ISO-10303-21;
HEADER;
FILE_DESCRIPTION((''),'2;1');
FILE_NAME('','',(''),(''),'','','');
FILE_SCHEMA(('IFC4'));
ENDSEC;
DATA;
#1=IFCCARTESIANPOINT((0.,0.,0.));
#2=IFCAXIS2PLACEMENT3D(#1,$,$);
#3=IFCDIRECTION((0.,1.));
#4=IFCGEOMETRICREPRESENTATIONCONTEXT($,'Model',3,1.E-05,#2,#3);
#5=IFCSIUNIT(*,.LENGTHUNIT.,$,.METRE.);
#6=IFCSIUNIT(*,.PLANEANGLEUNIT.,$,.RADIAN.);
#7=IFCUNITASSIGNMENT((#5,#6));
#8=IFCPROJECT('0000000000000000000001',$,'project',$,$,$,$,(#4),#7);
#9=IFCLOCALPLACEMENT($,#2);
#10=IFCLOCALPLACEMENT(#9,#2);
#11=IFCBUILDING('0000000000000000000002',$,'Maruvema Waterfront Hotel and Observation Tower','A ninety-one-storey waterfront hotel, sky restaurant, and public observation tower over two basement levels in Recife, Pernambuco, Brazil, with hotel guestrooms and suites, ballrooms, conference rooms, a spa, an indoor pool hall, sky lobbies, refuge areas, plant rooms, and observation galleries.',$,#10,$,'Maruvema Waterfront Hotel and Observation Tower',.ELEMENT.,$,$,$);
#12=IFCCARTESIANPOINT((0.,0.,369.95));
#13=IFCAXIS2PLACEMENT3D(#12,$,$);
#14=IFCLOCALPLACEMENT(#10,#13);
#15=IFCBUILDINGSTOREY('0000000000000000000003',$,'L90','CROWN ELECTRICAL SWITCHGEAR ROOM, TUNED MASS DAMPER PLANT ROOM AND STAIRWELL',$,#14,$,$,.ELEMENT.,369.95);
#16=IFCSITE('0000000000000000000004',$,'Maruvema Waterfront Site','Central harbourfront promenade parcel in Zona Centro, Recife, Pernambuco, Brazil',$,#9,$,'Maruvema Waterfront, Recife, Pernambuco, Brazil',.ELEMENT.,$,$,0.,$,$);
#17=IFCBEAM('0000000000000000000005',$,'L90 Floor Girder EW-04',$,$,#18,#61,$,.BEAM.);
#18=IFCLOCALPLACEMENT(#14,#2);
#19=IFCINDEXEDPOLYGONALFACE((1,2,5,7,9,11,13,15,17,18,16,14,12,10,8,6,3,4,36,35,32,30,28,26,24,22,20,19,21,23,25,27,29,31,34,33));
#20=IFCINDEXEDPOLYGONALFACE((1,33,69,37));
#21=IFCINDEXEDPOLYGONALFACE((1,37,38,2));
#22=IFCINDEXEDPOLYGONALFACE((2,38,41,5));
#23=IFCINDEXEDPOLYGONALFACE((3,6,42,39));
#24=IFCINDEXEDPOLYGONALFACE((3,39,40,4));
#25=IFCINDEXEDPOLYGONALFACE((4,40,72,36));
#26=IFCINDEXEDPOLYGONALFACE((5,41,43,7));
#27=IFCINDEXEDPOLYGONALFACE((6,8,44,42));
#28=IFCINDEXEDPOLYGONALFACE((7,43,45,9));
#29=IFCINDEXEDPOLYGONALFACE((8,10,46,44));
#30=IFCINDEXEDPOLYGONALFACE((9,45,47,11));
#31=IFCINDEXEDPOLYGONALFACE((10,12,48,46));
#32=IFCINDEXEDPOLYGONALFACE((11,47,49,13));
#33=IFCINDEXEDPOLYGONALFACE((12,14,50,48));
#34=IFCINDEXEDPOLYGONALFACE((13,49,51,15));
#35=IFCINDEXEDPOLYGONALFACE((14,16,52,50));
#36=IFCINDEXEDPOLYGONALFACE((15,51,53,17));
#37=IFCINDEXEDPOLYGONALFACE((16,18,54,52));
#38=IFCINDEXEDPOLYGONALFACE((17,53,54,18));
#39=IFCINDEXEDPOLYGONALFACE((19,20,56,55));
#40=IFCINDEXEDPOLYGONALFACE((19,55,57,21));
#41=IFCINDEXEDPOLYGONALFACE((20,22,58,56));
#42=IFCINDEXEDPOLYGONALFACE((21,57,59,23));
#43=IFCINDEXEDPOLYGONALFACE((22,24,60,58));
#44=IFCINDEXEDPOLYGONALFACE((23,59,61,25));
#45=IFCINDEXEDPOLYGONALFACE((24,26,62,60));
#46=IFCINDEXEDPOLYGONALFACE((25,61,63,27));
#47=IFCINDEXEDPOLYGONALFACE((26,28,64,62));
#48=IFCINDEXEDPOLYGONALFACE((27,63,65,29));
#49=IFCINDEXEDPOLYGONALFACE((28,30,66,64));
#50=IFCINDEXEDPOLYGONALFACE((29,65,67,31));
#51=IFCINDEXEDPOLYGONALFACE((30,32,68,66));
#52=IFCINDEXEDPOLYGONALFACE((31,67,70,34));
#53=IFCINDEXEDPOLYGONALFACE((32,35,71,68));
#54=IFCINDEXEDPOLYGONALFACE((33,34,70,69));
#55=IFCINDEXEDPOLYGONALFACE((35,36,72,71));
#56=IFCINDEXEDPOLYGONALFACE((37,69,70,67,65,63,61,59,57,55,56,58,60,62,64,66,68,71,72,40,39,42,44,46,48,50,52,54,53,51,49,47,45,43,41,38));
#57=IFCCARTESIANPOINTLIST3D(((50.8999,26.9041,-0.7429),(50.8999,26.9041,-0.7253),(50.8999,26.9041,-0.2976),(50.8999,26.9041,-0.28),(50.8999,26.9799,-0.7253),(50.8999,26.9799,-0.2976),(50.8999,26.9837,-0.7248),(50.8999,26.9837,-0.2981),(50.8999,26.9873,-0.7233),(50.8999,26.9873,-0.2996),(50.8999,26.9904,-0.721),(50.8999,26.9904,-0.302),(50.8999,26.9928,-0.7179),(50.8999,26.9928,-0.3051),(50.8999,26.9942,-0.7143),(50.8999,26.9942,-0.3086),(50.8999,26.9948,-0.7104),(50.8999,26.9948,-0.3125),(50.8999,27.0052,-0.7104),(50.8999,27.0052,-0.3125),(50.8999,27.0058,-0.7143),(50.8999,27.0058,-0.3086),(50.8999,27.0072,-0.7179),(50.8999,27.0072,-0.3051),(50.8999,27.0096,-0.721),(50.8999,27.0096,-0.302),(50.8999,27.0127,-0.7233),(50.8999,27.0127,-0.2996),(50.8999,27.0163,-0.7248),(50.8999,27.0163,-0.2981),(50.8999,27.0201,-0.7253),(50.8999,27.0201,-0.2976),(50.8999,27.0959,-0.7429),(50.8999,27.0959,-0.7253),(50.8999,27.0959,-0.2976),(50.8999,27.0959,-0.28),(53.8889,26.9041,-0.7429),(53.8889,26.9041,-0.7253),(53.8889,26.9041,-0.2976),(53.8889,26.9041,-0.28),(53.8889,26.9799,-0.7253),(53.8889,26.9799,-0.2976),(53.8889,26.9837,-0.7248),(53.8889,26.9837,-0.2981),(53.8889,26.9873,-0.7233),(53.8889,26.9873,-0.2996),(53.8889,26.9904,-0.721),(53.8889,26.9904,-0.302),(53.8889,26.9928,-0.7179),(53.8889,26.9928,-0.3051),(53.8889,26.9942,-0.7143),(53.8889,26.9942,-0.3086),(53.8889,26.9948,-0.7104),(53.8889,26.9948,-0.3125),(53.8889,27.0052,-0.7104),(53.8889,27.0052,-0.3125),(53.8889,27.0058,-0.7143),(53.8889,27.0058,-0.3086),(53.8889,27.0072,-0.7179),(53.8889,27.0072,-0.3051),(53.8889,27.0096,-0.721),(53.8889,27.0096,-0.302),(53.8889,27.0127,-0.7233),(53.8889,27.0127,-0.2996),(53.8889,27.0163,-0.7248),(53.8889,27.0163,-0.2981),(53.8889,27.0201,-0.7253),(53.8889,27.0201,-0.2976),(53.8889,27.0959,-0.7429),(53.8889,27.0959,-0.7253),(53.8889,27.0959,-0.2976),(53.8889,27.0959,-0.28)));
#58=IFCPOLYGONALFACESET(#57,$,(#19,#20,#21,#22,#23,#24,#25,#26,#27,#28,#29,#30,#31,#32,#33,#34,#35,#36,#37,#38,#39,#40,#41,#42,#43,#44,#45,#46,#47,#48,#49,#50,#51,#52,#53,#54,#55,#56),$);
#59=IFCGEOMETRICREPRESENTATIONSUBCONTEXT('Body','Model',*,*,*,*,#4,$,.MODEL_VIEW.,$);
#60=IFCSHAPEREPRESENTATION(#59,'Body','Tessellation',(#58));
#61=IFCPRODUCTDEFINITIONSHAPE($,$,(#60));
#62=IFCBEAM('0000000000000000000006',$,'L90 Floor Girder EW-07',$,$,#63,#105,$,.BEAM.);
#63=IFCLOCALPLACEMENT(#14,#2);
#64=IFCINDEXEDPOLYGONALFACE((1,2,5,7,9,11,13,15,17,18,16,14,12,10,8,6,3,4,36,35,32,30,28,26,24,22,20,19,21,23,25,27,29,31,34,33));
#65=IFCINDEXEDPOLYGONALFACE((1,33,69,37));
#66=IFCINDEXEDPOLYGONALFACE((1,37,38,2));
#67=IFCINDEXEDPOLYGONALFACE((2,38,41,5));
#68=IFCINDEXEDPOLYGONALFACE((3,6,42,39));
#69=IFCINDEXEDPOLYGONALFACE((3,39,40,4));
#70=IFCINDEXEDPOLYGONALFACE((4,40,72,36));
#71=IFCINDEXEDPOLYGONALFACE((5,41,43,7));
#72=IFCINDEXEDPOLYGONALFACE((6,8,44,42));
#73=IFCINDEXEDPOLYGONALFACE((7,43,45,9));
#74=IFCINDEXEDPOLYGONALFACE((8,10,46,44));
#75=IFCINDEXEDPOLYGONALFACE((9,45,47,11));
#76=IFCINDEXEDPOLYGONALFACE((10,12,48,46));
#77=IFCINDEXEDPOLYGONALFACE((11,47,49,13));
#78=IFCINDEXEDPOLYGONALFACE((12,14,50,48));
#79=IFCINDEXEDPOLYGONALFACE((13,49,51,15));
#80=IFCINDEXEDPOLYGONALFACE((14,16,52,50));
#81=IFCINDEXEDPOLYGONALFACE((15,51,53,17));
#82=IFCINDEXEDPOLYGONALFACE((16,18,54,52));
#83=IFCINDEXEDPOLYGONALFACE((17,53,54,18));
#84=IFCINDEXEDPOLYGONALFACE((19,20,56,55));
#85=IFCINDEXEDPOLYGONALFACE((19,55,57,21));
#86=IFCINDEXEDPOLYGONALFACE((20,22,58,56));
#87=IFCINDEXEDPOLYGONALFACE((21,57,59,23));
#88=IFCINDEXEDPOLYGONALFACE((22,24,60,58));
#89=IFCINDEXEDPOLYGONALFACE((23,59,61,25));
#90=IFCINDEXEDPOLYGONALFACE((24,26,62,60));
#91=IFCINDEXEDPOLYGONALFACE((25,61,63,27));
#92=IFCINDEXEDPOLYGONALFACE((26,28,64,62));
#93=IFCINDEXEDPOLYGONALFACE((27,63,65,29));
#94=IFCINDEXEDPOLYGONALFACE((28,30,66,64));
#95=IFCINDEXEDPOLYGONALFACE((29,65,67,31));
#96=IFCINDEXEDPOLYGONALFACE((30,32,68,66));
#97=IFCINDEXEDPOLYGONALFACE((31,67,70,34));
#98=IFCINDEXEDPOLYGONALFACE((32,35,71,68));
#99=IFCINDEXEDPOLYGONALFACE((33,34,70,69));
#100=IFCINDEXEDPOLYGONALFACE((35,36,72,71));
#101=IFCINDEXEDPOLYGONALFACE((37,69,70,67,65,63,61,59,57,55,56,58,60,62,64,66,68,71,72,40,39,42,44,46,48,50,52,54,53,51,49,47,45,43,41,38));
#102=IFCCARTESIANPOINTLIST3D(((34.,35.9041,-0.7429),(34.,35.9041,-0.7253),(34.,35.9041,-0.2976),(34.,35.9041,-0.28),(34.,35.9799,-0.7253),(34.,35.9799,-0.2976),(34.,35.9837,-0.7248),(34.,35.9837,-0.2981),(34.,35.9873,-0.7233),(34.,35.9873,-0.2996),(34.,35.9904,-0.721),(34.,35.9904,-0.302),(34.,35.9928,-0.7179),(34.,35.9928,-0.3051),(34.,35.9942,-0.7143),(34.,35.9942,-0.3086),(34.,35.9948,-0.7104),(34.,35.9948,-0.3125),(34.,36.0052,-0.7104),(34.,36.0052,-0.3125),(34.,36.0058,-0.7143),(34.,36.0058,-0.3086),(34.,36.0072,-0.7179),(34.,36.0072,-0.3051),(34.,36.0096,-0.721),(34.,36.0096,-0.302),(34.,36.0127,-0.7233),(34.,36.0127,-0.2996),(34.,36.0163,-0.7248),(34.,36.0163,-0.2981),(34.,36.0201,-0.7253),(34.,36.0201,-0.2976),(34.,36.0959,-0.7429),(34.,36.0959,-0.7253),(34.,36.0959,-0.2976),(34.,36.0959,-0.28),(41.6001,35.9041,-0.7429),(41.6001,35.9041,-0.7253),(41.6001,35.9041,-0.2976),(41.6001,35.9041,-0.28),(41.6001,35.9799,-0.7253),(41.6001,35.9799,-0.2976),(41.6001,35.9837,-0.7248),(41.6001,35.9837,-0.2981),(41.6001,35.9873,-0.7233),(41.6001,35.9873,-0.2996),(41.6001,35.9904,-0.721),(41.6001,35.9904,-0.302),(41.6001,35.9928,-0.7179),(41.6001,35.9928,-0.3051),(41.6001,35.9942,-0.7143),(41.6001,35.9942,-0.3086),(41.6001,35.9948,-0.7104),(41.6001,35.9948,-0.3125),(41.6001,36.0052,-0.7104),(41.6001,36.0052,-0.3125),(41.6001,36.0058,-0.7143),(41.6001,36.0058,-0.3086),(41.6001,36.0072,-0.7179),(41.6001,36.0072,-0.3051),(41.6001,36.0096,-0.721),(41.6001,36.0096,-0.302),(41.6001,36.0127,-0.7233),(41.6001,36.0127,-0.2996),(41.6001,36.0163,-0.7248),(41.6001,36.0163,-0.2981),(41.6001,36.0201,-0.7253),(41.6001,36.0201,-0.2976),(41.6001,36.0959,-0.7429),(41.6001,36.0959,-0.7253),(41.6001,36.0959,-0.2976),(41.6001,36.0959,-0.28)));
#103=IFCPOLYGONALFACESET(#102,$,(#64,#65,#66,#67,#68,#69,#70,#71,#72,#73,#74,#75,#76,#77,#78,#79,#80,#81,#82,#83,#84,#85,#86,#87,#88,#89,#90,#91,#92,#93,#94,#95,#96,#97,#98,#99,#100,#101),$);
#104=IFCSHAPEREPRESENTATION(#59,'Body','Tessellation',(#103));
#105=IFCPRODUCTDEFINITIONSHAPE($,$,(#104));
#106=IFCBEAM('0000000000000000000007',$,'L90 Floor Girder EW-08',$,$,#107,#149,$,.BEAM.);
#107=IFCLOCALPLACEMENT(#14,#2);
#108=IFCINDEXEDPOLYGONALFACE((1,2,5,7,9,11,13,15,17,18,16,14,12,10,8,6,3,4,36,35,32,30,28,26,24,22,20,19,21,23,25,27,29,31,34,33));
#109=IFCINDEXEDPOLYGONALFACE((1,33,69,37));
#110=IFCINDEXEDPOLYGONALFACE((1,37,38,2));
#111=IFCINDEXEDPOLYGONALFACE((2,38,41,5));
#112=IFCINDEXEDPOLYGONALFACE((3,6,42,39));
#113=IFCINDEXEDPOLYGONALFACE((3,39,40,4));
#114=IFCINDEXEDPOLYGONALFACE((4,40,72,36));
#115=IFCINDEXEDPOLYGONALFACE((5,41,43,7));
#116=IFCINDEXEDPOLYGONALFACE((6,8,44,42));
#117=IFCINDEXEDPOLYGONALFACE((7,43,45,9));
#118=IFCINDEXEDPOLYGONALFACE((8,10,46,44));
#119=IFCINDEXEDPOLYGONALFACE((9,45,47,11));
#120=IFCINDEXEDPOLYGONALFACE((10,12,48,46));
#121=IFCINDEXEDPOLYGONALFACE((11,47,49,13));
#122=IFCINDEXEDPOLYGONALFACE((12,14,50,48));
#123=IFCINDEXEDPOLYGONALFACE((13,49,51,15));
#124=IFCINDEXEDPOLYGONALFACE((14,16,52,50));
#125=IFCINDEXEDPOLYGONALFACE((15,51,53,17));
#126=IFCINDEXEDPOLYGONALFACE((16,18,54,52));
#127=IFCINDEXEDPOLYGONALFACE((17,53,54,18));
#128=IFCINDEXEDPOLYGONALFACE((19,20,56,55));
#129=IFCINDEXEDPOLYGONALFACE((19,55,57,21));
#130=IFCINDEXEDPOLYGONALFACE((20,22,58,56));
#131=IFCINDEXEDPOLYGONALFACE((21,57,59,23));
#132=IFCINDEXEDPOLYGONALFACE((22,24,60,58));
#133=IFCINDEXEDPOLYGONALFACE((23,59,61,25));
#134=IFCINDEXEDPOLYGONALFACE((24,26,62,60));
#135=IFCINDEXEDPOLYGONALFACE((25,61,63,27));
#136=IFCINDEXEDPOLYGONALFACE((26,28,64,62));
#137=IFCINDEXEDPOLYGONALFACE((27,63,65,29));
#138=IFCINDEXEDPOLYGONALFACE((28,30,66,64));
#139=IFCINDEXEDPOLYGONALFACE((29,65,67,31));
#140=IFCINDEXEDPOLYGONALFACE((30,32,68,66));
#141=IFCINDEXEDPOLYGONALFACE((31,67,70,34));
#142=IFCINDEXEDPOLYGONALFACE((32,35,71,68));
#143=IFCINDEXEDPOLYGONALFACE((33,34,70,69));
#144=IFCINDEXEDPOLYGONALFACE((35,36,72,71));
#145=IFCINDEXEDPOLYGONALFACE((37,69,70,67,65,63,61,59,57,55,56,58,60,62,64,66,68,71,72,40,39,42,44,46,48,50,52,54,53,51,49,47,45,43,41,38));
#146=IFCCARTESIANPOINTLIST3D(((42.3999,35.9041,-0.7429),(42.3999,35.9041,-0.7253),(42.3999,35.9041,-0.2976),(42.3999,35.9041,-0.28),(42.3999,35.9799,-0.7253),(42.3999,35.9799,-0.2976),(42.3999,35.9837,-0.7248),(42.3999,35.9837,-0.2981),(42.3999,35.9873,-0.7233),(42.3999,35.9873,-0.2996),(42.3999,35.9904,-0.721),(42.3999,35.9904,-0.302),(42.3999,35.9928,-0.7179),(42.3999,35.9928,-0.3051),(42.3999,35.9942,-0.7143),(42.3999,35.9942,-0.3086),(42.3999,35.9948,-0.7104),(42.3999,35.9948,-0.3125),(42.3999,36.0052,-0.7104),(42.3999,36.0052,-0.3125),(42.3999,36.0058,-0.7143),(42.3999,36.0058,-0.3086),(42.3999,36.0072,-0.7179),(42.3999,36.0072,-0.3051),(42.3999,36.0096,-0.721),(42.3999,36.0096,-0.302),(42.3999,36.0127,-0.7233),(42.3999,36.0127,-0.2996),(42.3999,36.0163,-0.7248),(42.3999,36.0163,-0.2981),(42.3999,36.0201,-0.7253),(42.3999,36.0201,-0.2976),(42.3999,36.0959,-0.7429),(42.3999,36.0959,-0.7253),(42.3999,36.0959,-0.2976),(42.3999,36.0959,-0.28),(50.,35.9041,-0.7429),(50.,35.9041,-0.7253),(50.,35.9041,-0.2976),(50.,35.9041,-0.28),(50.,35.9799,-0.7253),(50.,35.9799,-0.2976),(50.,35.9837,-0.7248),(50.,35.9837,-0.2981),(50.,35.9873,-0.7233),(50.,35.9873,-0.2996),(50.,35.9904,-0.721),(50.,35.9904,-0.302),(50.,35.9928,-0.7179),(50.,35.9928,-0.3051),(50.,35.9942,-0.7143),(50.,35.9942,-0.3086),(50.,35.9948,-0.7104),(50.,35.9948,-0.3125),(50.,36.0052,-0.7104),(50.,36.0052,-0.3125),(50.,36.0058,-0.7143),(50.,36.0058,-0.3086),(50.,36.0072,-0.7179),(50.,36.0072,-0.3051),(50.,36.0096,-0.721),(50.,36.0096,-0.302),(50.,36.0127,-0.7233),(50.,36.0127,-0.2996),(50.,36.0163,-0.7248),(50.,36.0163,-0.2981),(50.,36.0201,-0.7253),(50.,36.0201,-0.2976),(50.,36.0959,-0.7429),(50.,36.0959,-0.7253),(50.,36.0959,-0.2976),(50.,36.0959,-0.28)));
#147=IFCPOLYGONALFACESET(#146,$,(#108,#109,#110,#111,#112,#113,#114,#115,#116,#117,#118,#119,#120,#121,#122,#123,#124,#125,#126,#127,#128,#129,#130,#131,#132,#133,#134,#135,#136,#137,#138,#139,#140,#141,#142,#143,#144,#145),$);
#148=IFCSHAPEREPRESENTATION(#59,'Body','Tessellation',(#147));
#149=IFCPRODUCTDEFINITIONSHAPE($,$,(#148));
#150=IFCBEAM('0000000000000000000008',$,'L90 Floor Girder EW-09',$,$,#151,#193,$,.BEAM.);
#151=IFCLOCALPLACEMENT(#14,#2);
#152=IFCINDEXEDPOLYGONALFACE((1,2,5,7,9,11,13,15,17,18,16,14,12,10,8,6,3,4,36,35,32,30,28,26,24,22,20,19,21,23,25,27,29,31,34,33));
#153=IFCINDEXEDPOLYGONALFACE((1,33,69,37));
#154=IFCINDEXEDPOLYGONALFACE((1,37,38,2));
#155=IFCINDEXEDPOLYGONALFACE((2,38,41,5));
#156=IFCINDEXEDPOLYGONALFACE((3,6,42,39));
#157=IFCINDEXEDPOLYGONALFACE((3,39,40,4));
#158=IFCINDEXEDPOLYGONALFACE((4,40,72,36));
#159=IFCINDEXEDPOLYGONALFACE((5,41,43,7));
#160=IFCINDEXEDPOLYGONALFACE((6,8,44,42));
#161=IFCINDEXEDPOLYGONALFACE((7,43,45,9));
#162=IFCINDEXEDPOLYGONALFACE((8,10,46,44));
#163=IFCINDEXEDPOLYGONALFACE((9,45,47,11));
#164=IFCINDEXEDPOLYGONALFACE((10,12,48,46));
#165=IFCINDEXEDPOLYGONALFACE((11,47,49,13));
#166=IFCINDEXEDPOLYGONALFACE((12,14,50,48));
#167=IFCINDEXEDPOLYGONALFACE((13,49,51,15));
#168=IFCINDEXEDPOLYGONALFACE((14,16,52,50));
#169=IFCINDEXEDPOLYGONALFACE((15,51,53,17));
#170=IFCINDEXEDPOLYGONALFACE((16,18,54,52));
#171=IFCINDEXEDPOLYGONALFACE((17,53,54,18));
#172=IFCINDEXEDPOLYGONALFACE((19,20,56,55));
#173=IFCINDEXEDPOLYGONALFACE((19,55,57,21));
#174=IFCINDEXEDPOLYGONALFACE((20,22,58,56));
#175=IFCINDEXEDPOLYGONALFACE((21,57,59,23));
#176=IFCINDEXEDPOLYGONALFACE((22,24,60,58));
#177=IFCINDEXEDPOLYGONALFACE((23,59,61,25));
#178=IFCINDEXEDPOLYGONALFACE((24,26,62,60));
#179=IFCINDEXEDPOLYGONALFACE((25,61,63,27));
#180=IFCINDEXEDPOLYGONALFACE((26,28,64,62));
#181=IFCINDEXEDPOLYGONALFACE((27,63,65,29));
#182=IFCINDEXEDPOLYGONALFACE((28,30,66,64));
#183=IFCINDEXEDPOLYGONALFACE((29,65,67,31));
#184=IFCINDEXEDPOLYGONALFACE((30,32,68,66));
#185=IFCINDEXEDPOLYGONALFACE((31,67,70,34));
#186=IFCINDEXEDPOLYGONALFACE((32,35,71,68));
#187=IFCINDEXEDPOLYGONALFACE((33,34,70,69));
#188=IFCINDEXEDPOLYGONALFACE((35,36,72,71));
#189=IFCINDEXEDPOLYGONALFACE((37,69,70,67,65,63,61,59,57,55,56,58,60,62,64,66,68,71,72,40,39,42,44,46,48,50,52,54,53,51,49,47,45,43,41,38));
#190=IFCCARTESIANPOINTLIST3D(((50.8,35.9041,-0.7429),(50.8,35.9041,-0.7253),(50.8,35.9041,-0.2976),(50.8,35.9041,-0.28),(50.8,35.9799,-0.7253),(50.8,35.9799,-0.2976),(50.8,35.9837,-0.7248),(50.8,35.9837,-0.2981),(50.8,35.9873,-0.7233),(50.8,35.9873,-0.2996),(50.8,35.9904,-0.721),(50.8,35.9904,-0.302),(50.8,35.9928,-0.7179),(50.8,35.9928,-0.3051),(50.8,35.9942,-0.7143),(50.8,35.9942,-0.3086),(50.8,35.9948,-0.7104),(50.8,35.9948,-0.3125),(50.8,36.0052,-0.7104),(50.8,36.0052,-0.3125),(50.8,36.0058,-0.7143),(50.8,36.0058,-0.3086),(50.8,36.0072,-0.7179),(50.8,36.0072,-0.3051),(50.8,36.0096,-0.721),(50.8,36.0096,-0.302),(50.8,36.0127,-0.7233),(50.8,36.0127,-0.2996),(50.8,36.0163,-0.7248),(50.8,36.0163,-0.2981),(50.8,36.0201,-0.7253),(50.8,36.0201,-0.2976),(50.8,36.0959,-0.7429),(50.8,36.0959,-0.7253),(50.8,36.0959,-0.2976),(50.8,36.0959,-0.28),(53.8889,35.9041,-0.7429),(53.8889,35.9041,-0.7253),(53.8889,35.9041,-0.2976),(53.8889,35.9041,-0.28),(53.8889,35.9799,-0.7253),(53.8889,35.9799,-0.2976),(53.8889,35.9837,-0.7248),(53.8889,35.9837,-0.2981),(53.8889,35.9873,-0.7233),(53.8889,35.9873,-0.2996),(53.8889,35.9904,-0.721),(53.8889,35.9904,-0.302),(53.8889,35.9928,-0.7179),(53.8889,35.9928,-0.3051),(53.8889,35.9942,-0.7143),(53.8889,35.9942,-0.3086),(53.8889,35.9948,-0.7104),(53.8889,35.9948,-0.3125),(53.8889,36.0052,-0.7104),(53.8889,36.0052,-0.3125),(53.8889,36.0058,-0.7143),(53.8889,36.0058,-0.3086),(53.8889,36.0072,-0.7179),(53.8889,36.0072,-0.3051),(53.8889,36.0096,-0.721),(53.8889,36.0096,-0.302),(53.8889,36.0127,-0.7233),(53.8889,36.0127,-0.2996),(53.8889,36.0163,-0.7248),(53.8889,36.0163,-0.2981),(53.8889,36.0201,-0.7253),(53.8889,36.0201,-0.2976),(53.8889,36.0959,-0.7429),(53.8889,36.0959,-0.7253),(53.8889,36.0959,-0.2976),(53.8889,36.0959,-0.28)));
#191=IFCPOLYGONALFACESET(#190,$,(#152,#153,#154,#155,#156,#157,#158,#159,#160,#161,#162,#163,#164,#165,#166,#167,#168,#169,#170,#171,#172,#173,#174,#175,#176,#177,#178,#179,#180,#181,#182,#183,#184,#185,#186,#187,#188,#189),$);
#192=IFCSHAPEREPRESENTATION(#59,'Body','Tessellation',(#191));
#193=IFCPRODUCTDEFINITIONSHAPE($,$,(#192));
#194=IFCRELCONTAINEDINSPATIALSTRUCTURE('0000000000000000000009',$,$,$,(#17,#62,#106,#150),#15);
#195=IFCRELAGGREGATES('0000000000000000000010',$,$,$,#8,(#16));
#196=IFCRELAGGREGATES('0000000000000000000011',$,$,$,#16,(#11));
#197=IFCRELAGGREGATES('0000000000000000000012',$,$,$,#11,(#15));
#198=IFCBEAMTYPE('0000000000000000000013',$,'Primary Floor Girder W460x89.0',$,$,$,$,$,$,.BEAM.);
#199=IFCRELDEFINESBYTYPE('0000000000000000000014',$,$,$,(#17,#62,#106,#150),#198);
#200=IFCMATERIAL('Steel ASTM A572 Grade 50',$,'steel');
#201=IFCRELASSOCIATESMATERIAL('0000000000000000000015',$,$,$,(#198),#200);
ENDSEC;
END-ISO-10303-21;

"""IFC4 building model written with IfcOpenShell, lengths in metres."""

from ifc_helpers import new_model, si_unit, direction, frame, origin, origin_2d, place, context, subcontext, project, spatial, i_section, extrude, material, material_profile, profile_set, type_object, element, save


model = new_model("IFC4")

# Units and contexts
model_context = context("Model", 3, precision=1e-05, world=origin(), true_north=direction((0.0, 1.0)))
body_context = subcontext(model_context, "Body", "Model", "MODEL_VIEW")
ifc_project = project(units=[si_unit("LENGTHUNIT", "METRE"), si_unit("PLANEANGLEUNIT", "RADIAN")], contexts=[model_context])

# Site, building, storey
site_placement = place(None, origin())
site = spatial("IfcSite", under=ifc_project, at=site_placement, Name="Maruvema Waterfront Site", Description="Central harbourfront promenade parcel in Zona Centro, Recife, Pernambuco, Brazil", LongName="Maruvema Waterfront, Recife, Pernambuco, Brazil", CompositionType="ELEMENT", RefElevation=0.0)
building_placement = place(site_placement, origin())
building = spatial("IfcBuilding", under=site, at=building_placement, Name="Maruvema Waterfront Hotel and Observation Tower", Description="A ninety-one-storey waterfront hotel, sky restaurant, and public observation tower over two basement levels in Recife, Pernambuco, Brazil, with hotel guestrooms and suites, ballrooms, conference rooms, a spa, an indoor pool hall, sky lobbies, refuge areas, plant rooms, and observation galleries.", LongName="Maruvema Waterfront Hotel and Observation Tower", CompositionType="ELEMENT")
storey_placement = place(building_placement, frame((0.0, 0.0, 369.95)))
storey = spatial("IfcBuildingStorey", under=building, at=storey_placement, Name="L90", Description="CROWN ELECTRICAL SWITCHGEAR ROOM, TUNED MASS DAMPER PLANT ROOM AND STAIRWELL", CompositionType="ELEMENT", Elevation=369.95)

# Beams
ifc_material_1 = material(Name="Steel ASTM A572 Grade 50", Category="steel")
ifc_material_profile_1 = material_profile(ifc_material_1, i_section(OverallWidth=0.1919, OverallDepth=0.4629, WebThickness=0.0105, FlangeThickness=0.0176, FilletRadius=0.0149, at=origin_2d()), Name="W460x89.0")
ifc_profile_set_1 = profile_set([ifc_material_profile_1], Name="Steel ASTM A572 Grade 50")
beam_type = type_object("IfcBeamType", Name="Primary Floor Girder W460x89.0", PredefinedType="BEAM", material=ifc_profile_set_1)
beam_1_placement = place(storey_placement, frame((50.8999, 27.0, -0.5115), z_axis=(1.0, 0.0, 0.0), x_axis=(0.0, 1.0, 0.0)))
element("IfcBeam", 1, at=beam_1_placement, inside=storey, type_object=beam_type, Name="L90 Floor Girder EW-04", PredefinedType="BEAM", context=body_context, shape_type="SweptSolid", body=[
    extrude(i_section(OverallWidth=0.1919, OverallDepth=0.4629, WebThickness=0.0105, FlangeThickness=0.0176, FilletRadius=0.0149, at=origin_2d()), origin(), (0.0, 0.0, 1.0), 2.989),
])
for number, where, z_axis, x_axis, name in (
    (2, (34.0, 36.0, -0.5115), (1.0, 0.0, 0.0), (0.0, 1.0, 0.0), "L90 Floor Girder EW-07"),
    (3, (42.3999, 36.0, -0.5115), (1.0, 0.0, 0.0), (0.0, 1.0, 0.0), "L90 Floor Girder EW-08"),
):
    element("IfcBeam", number, at=place(storey_placement, frame(where, z_axis=z_axis, x_axis=x_axis)), inside=storey, type_object=beam_type, Name=name, PredefinedType="BEAM", context=body_context, shape_type="SweptSolid", body=[
        extrude(i_section(OverallWidth=0.1919, OverallDepth=0.4629, WebThickness=0.0105, FlangeThickness=0.0176, FilletRadius=0.0149, at=origin_2d()), origin(), (0.0, 0.0, 1.0), 7.6001),
    ])
beam_2_placement = place(storey_placement, frame((50.8, 36.0, -0.5115), z_axis=(1.0, 0.0, 0.0), x_axis=(0.0, 1.0, 0.0)))
element("IfcBeam", 4, at=beam_2_placement, inside=storey, type_object=beam_type, Name="L90 Floor Girder EW-09", PredefinedType="BEAM", context=body_context, shape_type="SweptSolid", body=[
    extrude(i_section(OverallWidth=0.1919, OverallDepth=0.4629, WebThickness=0.0105, FlangeThickness=0.0176, FilletRadius=0.0149, at=origin_2d()), origin(), (0.0, 0.0, 1.0), 3.0889),
])

save(model, "model.ifc")
